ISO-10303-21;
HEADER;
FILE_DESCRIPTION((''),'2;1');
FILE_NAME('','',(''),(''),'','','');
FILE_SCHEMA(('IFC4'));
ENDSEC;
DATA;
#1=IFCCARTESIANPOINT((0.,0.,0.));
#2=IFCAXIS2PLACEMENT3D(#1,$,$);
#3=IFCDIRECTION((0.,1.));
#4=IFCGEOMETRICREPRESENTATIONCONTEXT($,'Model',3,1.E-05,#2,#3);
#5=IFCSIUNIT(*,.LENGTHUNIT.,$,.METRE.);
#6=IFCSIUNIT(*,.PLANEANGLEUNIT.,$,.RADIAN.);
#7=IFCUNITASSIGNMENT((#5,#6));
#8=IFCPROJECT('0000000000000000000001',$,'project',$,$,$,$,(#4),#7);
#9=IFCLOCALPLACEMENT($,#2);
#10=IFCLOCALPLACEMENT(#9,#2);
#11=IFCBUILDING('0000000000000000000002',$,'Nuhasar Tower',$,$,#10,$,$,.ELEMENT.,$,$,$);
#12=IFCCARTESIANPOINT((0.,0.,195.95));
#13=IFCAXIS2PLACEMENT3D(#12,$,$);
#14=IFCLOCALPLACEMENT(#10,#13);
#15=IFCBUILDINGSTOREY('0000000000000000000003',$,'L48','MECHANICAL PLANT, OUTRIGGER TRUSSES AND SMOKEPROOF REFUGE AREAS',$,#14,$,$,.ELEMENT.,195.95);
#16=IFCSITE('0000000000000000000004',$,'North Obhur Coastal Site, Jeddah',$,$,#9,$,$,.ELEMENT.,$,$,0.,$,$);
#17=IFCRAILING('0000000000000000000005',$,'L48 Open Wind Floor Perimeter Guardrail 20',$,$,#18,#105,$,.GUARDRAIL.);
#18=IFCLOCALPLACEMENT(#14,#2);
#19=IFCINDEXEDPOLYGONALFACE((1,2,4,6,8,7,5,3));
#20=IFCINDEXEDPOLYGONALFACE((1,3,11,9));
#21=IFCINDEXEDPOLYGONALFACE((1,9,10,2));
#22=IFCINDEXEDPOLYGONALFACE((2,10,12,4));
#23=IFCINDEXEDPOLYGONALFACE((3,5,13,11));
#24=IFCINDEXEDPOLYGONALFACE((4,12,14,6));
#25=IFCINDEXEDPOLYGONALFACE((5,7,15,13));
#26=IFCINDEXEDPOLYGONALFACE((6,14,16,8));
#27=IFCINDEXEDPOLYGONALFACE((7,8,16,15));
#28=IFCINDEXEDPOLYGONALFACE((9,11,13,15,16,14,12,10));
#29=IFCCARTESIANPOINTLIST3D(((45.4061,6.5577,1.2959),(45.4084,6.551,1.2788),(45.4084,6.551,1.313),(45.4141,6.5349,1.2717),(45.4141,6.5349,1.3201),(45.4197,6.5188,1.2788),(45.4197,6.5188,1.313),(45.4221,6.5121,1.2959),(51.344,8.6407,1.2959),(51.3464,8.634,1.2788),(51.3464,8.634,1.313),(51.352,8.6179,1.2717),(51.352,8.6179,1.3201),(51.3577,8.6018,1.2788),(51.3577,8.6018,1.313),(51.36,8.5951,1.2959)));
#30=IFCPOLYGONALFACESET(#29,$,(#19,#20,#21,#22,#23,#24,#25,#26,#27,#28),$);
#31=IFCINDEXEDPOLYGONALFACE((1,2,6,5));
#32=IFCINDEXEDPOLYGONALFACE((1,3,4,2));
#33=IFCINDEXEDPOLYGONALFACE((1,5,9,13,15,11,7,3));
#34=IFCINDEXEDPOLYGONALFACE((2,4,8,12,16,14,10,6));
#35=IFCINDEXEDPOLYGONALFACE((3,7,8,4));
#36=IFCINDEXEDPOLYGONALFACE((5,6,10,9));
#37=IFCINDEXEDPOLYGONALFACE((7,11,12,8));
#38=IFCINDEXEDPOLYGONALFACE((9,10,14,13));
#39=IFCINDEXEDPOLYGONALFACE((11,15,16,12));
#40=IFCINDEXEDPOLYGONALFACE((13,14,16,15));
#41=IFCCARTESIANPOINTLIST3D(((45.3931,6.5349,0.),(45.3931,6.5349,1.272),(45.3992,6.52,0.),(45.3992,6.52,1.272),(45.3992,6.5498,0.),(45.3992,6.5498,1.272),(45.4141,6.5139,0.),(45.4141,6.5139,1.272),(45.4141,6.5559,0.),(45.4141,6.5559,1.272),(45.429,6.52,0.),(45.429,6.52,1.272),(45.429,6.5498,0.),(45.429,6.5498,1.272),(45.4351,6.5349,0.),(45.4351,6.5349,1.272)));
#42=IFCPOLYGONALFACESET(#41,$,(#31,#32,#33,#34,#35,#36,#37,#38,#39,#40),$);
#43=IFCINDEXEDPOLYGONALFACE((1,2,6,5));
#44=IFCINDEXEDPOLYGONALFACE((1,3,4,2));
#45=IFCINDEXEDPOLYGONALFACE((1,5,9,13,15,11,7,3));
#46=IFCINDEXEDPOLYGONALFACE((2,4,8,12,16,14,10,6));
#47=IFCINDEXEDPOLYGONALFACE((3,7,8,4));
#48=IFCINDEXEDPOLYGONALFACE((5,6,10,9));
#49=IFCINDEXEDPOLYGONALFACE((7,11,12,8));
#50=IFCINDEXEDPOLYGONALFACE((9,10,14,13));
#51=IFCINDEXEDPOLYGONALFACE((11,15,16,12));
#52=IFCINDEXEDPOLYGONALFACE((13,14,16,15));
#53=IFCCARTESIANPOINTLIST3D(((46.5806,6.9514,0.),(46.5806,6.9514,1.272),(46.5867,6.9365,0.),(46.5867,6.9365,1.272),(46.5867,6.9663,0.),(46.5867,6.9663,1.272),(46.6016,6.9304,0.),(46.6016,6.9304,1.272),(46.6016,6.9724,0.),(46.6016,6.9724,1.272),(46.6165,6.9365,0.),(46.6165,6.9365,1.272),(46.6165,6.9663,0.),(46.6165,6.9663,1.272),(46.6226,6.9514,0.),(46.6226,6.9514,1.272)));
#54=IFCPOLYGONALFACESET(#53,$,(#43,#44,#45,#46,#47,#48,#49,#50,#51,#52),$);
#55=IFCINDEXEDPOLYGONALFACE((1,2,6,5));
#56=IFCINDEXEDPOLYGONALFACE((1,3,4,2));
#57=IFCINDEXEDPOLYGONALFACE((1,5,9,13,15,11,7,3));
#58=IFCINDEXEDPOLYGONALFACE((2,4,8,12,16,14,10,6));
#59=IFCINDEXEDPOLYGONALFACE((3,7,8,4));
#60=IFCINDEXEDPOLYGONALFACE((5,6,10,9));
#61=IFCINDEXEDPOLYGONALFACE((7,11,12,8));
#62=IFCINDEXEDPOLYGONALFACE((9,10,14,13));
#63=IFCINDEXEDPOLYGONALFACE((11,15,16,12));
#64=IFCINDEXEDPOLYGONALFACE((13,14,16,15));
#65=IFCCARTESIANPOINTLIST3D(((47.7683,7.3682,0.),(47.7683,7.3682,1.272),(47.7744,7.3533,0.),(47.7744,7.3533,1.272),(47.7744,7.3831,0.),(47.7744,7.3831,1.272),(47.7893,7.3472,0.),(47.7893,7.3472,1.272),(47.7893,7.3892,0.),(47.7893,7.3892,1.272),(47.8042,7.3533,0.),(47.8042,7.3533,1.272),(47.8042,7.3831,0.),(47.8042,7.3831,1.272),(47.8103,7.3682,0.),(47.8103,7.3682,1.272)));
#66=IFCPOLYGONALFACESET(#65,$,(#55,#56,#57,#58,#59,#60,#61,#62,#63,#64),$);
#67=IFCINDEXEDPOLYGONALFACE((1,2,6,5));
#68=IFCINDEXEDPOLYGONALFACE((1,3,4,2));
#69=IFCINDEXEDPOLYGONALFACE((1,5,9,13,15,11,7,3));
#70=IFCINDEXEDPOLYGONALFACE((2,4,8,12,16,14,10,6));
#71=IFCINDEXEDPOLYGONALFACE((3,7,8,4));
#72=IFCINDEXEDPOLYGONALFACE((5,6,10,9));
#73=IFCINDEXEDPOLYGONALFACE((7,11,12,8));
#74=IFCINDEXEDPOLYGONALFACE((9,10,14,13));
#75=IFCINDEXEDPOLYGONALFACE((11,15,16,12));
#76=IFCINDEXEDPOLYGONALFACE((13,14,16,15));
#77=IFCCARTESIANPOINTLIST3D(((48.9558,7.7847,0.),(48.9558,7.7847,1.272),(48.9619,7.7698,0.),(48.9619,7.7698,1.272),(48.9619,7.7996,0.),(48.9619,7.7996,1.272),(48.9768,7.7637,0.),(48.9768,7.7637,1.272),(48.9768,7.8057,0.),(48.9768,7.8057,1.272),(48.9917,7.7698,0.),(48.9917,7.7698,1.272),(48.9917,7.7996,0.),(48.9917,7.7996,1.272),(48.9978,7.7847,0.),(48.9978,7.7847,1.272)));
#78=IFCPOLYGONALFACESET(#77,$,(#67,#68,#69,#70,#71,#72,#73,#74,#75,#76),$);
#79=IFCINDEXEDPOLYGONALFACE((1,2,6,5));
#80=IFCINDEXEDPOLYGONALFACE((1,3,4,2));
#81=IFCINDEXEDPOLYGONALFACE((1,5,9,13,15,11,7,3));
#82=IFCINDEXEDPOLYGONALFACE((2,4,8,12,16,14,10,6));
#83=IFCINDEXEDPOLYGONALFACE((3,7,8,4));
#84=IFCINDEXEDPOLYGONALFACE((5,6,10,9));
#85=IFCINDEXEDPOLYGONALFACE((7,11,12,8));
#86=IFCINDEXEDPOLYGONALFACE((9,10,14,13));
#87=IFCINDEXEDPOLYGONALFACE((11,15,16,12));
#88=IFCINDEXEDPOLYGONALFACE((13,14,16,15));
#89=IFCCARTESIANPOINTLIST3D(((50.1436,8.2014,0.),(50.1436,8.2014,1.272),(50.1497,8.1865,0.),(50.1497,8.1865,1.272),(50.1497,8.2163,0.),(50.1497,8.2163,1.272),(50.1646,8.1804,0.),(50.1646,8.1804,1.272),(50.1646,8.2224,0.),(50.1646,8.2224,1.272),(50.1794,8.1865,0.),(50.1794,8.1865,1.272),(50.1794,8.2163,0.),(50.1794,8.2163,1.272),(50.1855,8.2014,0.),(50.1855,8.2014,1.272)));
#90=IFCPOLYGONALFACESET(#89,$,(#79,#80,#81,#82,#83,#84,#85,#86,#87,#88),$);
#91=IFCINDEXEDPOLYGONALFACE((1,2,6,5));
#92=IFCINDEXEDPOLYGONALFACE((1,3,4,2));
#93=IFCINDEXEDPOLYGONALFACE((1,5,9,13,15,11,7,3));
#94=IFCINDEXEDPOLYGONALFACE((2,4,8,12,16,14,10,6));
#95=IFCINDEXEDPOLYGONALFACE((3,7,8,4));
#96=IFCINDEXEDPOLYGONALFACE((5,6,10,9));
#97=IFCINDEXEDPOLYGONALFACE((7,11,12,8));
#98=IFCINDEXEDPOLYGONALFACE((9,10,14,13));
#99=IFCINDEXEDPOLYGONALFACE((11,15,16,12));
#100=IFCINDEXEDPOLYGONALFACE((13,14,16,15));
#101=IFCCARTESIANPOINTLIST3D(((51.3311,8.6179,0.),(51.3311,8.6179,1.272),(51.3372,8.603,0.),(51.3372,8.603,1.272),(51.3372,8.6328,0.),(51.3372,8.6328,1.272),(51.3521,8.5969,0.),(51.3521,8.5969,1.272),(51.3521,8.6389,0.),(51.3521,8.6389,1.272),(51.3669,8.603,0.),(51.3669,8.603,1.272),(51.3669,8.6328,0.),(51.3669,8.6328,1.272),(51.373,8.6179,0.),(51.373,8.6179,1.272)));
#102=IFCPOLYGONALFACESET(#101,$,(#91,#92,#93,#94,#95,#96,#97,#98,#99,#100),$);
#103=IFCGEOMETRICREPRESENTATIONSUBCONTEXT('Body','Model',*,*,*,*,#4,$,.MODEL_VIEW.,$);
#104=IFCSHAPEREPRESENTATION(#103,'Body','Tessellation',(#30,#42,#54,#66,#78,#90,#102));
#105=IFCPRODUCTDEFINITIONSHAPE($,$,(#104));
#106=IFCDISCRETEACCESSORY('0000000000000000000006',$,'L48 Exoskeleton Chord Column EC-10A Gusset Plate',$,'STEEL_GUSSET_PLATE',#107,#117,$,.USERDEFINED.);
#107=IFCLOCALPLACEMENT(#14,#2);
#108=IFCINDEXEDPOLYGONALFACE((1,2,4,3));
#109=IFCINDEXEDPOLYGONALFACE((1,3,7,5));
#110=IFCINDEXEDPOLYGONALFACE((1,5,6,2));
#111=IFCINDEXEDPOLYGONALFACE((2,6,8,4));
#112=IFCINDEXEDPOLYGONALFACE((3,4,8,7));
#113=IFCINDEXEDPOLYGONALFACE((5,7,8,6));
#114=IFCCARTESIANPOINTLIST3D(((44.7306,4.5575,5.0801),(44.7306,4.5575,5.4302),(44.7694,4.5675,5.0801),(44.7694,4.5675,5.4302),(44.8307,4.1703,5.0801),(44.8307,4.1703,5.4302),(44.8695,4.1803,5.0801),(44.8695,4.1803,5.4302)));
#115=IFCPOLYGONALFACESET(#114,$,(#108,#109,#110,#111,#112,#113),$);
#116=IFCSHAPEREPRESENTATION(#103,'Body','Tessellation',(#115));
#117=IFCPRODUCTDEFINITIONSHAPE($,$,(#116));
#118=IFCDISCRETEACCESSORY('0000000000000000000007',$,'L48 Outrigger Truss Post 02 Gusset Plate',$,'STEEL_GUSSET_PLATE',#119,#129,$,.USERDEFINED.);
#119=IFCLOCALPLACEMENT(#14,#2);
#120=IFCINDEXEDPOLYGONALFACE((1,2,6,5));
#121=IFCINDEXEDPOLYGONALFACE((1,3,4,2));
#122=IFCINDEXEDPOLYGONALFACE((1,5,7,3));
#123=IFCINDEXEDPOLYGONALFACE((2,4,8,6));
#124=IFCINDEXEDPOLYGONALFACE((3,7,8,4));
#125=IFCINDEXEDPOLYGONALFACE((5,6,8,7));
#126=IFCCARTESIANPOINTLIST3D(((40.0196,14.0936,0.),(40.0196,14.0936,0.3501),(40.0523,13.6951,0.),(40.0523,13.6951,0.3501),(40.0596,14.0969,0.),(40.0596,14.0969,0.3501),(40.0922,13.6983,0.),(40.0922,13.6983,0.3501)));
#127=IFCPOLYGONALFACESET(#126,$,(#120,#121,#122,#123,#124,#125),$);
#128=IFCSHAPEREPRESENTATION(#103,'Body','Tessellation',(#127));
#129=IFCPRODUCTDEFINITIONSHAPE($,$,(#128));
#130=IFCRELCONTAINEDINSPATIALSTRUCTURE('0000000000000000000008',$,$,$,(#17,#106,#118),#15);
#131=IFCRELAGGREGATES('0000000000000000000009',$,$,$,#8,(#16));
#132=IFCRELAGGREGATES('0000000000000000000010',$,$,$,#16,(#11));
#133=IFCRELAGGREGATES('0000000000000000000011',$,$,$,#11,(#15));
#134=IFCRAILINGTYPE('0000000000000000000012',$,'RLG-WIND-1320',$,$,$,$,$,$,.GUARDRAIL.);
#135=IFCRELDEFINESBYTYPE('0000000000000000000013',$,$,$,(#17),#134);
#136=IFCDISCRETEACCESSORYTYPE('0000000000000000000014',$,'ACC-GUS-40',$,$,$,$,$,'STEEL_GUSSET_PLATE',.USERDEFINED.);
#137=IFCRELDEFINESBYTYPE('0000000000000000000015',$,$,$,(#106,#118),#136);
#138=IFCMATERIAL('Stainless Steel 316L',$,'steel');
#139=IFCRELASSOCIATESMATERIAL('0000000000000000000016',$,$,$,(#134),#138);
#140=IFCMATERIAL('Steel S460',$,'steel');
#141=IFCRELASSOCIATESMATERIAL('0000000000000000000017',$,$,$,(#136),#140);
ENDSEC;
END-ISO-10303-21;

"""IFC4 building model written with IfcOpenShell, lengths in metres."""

from ifc_helpers import new_model, si_unit, direction, frame, origin, origin_2d, place, context, subcontext, project, spatial, polyline, rectangle, outline, extrude, material, type_object, element, save


model = new_model("IFC4")

# Units and contexts
model_context = context("Model", 3, precision=1e-05, world=origin(), true_north=direction((0.0, 1.0)))
body_context = subcontext(model_context, "Body", "Model", "MODEL_VIEW")
ifc_project = project(units=[si_unit("LENGTHUNIT", "METRE"), si_unit("PLANEANGLEUNIT", "RADIAN")], contexts=[model_context])

# Site, building, storey
site_placement = place(None, origin())
site = spatial("IfcSite", under=ifc_project, at=site_placement, Name="North Obhur Coastal Site, Jeddah", CompositionType="ELEMENT", RefElevation=0.0)
building_placement = place(site_placement, origin())
building = spatial("IfcBuilding", under=site, at=building_placement, Name="Nuhasar Tower", CompositionType="ELEMENT")
storey_placement = place(building_placement, frame((0.0, 0.0, 195.95)))
storey = spatial("IfcBuildingStorey", under=building, at=storey_placement, Name="L48", Description="MECHANICAL PLANT, OUTRIGGER TRUSSES AND SMOKEPROOF REFUGE AREAS", CompositionType="ELEMENT", Elevation=195.95)

# Shared definitions
ifc_material_1 = material(Name="Steel S460", Category="steel")

# Railing
ifc_material_2 = material(Name="Stainless Steel 316L", Category="steel")
railing_type = type_object("IfcRailingType", Name="RLG-WIND-1320", PredefinedType="GUARDRAIL", material=ifc_material_2)
railing_1_placement = place(storey_placement, frame((45.4141, 6.5349, 0.0)))
element("IfcRailing", 1, at=railing_1_placement, inside=storey, type_object=railing_type, Name="L48 Open Wind Floor Perimeter Guardrail 20", PredefinedType="GUARDRAIL", context=body_context, shape_type="SweptSolid", body=[
    extrude(outline(polyline([(0.0242, 0.0), (0.0171, 0.0171), (0.0, 0.0242), (-0.0171, 0.0171), (-0.0242, 0.0), (-0.0171, -0.0171), (0.0, -0.0242), (0.0171, -0.0171), (0.0242, 0.0)])), frame((0.0, 0.0, 1.2959), z_axis=(0.943625, 0.331017, 0.0), x_axis=(-0.331017, 0.943625, 0.0)), (0.0, 0.0, 1.0), 6.2927),
    extrude(outline(polyline([(0.021, 0.0), (0.0149, 0.0149), (0.0, 0.021), (-0.0149, 0.0149), (-0.021, 0.0), (-0.0149, -0.0149), (0.0, -0.021), (0.0149, -0.0149), (0.021, 0.0)])), origin(), (0.0, 0.0, 1.0), 1.272),
    extrude(outline(polyline([(0.021, 0.0), (0.0149, 0.0149), (0.0, 0.021), (-0.0149, 0.0149), (-0.021, 0.0), (-0.0149, -0.0149), (0.0, -0.021), (0.0149, -0.0149), (0.021, 0.0)])), frame((1.1875, 0.4165, 0.0)), (0.0, 0.0, 1.0), 1.272),
    extrude(outline(polyline([(0.021, 0.0), (0.0149, 0.0149), (0.0, 0.021), (-0.0149, 0.0149), (-0.021, 0.0), (-0.0149, -0.0149), (0.0, -0.021), (0.0149, -0.0149), (0.021, 0.0)])), frame((2.3752, 0.8333, 0.0)), (0.0, 0.0, 1.0), 1.272),
    extrude(outline(polyline([(0.021, 0.0), (0.0149, 0.0149), (0.0, 0.021), (-0.0149, 0.0149), (-0.021, 0.0), (-0.0149, -0.0149), (0.0, -0.021), (0.0149, -0.0149), (0.021, 0.0)])), frame((3.5627, 1.2498, 0.0)), (0.0, 0.0, 1.0), 1.272),
    extrude(outline(polyline([(0.021, 0.0), (0.0149, 0.0149), (0.0, 0.021), (-0.0149, 0.0149), (-0.021, 0.0), (-0.0149, -0.0149), (0.0, -0.021), (0.0149, -0.0149), (0.021, 0.0)])), frame((4.7505, 1.6665, 0.0)), (0.0, 0.0, 1.0), 1.272),
    extrude(outline(polyline([(0.021, 0.0), (0.0149, 0.0149), (0.0, 0.021), (-0.0149, 0.0149), (-0.021, 0.0), (-0.0149, -0.0149), (0.0, -0.021), (0.0149, -0.0149), (0.021, 0.0)])), frame((5.938, 2.083, 0.0)), (0.0, 0.0, 1.0), 1.272),
])

# Discrete accessories
discrete_accessory_type = type_object("IfcDiscreteAccessoryType", Name="ACC-GUS-40", ElementType="STEEL_GUSSET_PLATE", PredefinedType="USERDEFINED", material=ifc_material_1)
for number, where, z_axis, x_axis, name in (
    (2, (44.8, 4.3689, 5.0801), (0.0, 0.0, 1.0), (0.250346, -0.968156, 0.0), "L48 Exoskeleton Chord Column EC-10A Gusset Plate"),
    (3, (40.0559, 13.896, 0.0), (0.0, 0.0, 1.0), (0.081556, -0.996669, 0.0), "L48 Outrigger Truss Post 02 Gusset Plate"),
):
    element("IfcDiscreteAccessory", number, at=place(storey_placement, frame(where, z_axis=z_axis, x_axis=x_axis)), inside=storey, type_object=discrete_accessory_type, Name=name, ObjectType="STEEL_GUSSET_PLATE", PredefinedType="USERDEFINED", context=body_context, shape_type="SweptSolid", body=[
        extrude(rectangle(XDim=0.3999, YDim=0.04, at=origin_2d()), origin(), (0.0, 0.0, 1.0), 0.3501),
    ])

save(model, "model.ifc")
